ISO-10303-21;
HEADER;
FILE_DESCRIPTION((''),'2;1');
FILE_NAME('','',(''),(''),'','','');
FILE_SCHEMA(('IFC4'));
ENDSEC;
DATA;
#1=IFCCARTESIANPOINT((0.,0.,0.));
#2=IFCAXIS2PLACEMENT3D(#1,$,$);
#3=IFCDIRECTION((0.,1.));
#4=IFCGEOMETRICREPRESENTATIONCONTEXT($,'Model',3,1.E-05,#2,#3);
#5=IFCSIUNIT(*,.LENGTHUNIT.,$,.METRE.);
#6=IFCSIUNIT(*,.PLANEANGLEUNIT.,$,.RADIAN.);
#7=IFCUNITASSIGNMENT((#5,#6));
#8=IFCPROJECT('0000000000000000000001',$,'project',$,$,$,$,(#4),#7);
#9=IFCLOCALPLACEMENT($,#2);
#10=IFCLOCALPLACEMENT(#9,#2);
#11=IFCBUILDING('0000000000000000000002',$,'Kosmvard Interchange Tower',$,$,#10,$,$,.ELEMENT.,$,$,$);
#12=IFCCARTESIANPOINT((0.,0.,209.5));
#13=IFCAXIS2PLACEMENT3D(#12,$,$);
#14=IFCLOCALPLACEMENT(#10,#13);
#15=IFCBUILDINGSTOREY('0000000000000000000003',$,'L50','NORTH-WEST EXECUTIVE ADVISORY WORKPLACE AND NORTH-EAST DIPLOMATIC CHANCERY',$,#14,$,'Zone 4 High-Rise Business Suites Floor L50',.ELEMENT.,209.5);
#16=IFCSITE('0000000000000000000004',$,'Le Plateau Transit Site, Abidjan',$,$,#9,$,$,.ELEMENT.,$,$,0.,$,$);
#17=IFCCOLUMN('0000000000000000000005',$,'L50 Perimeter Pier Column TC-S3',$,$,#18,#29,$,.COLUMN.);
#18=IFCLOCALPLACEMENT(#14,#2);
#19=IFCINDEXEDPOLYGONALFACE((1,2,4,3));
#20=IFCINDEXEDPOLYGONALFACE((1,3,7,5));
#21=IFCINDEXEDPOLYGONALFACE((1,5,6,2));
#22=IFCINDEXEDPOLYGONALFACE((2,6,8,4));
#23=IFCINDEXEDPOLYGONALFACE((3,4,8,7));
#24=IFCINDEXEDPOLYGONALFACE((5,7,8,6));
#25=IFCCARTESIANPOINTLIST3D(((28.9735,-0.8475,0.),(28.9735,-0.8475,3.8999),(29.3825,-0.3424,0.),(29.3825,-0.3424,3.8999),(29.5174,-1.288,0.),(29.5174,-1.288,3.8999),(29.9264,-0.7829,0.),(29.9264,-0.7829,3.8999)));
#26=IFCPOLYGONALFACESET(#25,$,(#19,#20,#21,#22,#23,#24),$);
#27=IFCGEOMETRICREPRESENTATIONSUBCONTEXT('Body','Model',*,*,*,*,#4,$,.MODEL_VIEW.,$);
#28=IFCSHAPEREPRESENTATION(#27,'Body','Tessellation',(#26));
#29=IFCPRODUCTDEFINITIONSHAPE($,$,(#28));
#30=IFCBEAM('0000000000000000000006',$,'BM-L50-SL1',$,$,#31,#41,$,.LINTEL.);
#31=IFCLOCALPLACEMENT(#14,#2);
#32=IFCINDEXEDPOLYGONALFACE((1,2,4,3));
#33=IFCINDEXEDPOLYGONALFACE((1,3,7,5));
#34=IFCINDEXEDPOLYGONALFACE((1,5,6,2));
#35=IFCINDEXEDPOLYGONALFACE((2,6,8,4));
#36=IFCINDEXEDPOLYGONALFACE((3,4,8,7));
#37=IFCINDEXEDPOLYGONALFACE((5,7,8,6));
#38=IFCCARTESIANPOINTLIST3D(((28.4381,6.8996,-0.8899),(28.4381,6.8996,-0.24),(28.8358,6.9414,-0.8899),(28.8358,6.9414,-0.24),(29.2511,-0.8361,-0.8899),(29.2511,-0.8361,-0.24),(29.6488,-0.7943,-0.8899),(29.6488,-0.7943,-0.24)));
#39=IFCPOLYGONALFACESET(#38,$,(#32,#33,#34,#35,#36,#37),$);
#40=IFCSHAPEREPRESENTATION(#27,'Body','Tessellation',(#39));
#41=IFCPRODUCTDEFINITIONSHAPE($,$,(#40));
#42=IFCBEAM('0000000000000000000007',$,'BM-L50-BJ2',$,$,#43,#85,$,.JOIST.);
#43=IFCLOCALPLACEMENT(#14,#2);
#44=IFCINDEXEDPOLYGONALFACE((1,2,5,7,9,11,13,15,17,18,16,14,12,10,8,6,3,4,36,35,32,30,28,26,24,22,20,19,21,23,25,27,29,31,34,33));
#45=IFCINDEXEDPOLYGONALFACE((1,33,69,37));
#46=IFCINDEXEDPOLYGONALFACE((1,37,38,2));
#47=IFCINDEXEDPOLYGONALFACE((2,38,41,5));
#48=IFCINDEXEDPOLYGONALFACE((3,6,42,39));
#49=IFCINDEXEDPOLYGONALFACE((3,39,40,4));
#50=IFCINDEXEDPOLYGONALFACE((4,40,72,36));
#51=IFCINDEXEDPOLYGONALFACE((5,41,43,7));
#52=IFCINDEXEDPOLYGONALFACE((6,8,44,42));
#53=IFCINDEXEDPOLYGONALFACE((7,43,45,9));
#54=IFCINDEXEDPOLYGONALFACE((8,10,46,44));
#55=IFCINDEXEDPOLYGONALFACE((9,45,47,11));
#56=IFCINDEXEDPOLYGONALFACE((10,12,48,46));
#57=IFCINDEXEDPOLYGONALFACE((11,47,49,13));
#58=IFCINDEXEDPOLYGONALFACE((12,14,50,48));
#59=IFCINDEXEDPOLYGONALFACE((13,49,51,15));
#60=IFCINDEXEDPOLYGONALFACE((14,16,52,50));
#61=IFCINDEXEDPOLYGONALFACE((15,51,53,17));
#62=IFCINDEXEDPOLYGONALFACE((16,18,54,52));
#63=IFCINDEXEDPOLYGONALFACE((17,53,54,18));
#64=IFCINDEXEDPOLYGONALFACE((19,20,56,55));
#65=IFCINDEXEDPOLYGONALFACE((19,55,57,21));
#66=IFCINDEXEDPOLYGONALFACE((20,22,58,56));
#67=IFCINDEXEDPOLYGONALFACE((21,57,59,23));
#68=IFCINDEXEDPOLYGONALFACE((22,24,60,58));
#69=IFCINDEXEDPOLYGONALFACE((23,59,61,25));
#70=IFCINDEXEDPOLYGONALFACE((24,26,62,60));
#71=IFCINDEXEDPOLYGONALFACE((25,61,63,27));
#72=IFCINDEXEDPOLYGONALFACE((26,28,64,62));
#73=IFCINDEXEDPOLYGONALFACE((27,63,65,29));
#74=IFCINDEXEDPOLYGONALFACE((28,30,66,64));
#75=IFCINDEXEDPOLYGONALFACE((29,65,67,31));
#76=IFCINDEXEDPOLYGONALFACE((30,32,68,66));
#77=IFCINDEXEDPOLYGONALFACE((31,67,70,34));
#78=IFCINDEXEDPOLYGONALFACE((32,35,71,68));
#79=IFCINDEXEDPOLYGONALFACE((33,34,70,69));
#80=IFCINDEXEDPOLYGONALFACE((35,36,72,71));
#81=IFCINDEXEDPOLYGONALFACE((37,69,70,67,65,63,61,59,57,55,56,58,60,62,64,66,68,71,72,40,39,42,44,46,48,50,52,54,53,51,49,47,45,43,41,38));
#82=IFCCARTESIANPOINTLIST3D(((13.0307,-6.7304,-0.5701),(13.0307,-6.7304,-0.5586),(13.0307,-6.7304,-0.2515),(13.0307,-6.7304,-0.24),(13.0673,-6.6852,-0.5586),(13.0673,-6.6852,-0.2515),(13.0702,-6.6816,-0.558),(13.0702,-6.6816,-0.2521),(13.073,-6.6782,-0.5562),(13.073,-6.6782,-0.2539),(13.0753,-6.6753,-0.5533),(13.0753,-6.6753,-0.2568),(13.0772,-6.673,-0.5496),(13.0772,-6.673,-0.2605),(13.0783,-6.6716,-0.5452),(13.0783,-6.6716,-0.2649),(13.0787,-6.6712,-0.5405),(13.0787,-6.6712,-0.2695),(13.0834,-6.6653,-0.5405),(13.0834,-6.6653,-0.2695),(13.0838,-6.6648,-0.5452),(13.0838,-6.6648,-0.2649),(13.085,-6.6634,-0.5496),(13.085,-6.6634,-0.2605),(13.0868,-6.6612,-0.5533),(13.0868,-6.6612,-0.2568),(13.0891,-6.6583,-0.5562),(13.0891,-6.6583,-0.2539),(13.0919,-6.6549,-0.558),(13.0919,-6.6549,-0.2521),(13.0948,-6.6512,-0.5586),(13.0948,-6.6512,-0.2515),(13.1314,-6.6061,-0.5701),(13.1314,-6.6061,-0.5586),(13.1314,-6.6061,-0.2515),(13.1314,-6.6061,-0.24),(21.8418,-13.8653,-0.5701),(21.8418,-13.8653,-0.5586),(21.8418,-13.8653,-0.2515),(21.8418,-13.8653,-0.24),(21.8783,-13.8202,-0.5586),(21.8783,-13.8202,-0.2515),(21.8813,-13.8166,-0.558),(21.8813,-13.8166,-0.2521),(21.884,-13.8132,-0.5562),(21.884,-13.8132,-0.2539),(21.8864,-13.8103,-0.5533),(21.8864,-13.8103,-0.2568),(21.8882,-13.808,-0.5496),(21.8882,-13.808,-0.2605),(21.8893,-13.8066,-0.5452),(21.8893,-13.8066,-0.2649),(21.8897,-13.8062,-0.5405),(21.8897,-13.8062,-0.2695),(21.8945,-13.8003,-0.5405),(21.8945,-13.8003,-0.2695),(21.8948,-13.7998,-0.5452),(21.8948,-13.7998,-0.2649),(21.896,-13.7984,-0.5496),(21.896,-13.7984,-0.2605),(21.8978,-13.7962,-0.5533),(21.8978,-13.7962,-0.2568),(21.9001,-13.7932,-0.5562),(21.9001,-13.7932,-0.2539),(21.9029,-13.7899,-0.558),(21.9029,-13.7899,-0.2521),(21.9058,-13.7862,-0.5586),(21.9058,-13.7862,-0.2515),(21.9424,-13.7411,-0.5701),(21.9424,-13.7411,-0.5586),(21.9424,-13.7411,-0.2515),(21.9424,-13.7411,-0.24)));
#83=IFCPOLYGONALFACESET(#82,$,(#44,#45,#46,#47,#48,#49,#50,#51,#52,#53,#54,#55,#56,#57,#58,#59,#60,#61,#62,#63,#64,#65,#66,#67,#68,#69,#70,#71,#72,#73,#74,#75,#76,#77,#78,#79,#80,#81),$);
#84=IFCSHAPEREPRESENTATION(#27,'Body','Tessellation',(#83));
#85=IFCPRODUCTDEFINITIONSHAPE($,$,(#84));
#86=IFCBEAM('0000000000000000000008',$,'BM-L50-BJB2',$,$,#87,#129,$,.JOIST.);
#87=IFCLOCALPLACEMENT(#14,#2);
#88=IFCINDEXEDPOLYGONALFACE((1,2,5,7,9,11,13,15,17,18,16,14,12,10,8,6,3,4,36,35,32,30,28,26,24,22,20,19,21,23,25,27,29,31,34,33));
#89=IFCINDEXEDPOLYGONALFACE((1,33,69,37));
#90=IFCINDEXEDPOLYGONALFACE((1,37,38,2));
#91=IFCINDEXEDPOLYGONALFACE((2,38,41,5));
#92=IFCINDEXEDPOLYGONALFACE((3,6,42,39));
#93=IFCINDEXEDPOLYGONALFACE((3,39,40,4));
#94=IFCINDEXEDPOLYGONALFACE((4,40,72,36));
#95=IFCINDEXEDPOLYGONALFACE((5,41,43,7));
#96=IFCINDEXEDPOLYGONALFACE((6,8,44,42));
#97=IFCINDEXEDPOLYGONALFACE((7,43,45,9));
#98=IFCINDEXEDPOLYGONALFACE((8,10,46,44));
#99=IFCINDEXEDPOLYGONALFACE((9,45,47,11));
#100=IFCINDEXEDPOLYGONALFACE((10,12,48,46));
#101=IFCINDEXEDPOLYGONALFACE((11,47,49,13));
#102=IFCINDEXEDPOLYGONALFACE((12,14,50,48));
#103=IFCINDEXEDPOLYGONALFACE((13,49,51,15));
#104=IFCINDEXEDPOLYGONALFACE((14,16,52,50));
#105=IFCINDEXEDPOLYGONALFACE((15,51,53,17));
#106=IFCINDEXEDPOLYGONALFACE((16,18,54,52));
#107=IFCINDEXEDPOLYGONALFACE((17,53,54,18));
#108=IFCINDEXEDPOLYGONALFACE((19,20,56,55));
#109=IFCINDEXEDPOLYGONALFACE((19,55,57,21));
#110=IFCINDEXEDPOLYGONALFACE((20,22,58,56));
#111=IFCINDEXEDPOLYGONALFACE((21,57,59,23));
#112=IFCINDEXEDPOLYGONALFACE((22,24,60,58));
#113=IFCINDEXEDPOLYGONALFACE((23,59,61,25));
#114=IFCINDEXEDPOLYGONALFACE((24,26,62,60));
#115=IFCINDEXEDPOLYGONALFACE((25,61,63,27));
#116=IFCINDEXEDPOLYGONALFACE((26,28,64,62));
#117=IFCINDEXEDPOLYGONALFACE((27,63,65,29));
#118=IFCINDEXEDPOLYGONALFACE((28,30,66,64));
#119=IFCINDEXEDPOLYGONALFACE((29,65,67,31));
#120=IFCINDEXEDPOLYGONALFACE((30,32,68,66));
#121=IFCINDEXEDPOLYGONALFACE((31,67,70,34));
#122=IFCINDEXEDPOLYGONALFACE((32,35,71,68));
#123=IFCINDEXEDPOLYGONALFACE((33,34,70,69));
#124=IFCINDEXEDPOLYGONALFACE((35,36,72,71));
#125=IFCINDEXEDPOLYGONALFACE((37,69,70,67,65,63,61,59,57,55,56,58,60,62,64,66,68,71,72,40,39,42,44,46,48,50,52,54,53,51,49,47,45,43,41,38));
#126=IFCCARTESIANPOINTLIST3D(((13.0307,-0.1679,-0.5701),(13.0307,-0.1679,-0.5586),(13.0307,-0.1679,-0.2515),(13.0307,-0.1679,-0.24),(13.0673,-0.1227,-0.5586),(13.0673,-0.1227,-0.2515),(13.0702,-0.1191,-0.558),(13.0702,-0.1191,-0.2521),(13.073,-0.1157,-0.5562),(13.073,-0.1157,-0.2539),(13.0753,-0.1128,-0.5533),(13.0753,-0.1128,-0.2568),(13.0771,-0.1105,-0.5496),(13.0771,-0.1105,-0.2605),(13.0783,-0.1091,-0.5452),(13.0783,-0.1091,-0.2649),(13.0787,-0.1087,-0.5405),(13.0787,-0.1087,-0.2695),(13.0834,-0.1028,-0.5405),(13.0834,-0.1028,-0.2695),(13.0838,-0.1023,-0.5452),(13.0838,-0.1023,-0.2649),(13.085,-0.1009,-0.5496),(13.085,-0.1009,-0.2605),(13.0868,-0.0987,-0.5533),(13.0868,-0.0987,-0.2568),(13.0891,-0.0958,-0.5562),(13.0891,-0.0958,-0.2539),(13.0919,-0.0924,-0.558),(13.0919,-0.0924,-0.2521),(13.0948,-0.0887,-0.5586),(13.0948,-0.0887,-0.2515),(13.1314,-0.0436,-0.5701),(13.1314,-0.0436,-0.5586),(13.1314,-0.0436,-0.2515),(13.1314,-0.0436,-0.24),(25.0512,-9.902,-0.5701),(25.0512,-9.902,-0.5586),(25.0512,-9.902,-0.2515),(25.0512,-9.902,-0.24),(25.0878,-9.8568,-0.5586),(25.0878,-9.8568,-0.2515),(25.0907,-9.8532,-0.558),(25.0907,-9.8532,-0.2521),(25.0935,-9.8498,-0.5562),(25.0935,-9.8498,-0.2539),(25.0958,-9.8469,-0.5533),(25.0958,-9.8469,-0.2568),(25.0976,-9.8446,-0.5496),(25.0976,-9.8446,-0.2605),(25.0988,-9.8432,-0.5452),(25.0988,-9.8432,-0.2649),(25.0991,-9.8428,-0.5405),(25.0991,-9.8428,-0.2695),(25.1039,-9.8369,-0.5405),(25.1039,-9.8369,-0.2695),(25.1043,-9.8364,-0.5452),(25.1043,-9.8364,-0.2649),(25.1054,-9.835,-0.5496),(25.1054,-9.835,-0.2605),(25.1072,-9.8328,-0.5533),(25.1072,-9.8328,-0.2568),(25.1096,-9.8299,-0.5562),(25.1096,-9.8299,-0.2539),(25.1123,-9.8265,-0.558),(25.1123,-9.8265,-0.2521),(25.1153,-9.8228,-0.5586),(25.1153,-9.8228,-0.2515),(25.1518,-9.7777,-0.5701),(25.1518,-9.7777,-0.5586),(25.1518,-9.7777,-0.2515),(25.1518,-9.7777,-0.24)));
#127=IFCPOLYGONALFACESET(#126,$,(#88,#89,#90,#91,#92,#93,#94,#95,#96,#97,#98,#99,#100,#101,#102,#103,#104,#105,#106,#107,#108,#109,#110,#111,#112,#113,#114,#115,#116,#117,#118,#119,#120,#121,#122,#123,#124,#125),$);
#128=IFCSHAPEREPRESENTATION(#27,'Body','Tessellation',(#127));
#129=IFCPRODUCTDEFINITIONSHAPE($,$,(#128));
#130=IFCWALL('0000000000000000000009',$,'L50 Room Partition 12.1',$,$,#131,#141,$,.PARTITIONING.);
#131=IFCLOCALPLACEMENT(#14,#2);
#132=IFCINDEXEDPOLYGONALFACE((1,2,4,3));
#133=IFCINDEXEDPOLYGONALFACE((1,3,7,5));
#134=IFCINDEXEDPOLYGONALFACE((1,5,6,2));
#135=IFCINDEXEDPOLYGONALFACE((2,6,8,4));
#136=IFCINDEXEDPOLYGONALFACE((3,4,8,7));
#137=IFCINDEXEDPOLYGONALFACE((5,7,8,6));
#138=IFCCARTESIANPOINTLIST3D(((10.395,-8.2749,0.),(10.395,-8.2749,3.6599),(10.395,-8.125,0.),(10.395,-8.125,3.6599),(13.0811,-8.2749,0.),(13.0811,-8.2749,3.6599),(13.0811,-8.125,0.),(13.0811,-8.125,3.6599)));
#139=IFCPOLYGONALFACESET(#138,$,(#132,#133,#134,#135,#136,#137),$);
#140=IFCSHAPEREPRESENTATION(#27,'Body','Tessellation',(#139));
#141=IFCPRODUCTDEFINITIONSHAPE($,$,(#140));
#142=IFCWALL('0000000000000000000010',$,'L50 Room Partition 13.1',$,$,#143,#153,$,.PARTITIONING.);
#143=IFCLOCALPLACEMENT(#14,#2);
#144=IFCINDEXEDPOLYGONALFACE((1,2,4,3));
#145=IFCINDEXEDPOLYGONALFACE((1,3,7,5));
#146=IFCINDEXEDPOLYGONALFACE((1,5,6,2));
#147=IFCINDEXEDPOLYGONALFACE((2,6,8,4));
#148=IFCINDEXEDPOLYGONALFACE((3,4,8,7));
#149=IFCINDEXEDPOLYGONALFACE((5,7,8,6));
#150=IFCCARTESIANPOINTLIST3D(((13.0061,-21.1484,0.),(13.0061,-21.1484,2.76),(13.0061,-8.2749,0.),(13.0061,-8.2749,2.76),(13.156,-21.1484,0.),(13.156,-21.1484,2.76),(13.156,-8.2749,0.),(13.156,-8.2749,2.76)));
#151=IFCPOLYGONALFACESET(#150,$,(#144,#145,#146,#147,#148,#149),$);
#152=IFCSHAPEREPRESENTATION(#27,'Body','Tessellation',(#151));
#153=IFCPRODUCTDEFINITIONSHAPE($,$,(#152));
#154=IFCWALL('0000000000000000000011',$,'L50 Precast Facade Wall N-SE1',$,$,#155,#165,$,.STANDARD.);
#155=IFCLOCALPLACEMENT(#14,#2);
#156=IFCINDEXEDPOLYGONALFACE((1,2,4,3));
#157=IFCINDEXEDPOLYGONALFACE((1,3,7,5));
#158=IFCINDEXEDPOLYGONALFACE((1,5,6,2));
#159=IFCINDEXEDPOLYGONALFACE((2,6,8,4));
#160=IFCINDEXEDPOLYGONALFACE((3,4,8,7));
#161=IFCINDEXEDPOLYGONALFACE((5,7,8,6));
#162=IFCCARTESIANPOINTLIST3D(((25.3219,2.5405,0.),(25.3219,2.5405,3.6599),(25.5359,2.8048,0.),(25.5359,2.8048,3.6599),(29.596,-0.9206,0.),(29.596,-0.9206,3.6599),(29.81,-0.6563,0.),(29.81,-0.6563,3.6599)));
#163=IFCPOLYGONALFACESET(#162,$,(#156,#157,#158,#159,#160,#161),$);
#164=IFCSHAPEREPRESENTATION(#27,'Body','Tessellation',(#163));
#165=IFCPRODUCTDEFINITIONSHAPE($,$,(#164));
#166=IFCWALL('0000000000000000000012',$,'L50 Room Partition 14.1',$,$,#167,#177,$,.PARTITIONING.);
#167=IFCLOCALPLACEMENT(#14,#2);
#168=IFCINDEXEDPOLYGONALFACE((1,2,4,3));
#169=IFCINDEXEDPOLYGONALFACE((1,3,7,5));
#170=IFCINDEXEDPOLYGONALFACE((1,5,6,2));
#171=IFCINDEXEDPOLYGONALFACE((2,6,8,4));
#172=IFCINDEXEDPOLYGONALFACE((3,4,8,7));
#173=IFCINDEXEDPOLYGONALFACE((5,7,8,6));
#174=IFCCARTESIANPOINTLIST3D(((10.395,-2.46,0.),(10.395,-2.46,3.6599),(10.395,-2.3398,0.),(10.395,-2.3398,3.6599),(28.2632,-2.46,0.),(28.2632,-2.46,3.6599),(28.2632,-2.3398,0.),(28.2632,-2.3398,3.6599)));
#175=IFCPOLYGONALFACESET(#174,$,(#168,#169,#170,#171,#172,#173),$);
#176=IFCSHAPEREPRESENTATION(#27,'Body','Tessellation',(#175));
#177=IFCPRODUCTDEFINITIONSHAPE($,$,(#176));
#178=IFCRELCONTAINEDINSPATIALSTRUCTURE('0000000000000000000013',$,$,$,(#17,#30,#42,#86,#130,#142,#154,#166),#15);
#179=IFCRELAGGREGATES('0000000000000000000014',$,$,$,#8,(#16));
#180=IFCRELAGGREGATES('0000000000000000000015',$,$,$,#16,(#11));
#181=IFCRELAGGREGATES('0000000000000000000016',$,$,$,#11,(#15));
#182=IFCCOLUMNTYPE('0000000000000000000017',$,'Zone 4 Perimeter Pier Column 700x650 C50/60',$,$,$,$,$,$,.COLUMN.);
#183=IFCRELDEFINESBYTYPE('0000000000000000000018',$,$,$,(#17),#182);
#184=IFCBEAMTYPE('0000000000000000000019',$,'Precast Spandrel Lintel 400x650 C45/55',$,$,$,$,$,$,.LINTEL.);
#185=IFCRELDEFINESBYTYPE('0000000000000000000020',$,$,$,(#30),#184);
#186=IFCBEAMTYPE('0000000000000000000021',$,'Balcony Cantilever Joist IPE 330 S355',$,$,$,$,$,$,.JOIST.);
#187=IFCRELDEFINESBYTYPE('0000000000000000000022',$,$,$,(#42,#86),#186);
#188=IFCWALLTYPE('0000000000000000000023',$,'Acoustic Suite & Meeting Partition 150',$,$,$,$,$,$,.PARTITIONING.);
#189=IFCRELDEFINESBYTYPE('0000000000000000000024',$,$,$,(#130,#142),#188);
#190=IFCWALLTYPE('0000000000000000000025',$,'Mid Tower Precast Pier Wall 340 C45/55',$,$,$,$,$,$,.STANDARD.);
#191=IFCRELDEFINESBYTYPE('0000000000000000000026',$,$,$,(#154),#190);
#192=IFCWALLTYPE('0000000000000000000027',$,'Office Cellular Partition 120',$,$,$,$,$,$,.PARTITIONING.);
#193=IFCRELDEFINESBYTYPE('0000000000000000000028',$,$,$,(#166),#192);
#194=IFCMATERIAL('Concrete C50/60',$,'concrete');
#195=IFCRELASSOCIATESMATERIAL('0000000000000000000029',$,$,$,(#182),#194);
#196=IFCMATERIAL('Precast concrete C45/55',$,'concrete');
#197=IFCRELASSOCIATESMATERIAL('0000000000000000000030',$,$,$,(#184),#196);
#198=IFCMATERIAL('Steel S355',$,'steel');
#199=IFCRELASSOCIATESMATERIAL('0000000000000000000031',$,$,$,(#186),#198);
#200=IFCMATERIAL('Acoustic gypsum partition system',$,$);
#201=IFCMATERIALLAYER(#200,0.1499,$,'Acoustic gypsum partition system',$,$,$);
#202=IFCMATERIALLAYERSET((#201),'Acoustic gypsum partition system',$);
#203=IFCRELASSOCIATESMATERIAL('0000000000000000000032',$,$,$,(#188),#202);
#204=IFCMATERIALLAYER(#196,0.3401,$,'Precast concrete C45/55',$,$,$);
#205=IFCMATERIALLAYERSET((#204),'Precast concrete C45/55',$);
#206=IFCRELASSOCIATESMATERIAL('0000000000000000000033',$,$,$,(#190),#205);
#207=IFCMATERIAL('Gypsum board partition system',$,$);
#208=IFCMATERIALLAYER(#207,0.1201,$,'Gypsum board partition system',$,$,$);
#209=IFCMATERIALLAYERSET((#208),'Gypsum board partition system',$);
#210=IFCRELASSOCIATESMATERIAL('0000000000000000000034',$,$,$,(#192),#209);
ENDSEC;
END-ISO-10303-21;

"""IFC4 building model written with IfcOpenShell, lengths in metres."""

from ifc_helpers import new_model, si_unit, direction, frame, frame_2d, origin, origin_2d, place, context, subcontext, project, spatial, rectangle, i_section, extrude, source, transform, mapped, material, layer, layer_set, material_profile, profile_set, type_object, element, save


model = new_model("IFC4")

# Units and contexts
model_context = context("Model", 3, precision=1e-05, world=origin(), true_north=direction((0.0, 1.0)))
body_context = subcontext(model_context, "Body", "Model", "MODEL_VIEW")
ifc_project = project(units=[si_unit("LENGTHUNIT", "METRE"), si_unit("PLANEANGLEUNIT", "RADIAN")], contexts=[model_context])

# Site, building, storey
site_placement = place(None, origin())
site = spatial("IfcSite", under=ifc_project, at=site_placement, Name="Le Plateau Transit Site, Abidjan", CompositionType="ELEMENT", RefElevation=0.0)
building_placement = place(site_placement, origin())
building = spatial("IfcBuilding", under=site, at=building_placement, Name="Kosmvard Interchange Tower", CompositionType="ELEMENT")
storey_placement = place(building_placement, frame((0.0, 0.0, 209.5)))
storey = spatial("IfcBuildingStorey", under=building, at=storey_placement, Name="L50", Description="NORTH-WEST EXECUTIVE ADVISORY WORKPLACE AND NORTH-EAST DIPLOMATIC CHANCERY", LongName="Zone 4 High-Rise Business Suites Floor L50", CompositionType="ELEMENT", Elevation=209.5)

# Column
ifc_material_1 = material(Name="Concrete C50/60", Category="concrete")
ifc_material_profile_1 = material_profile(ifc_material_1, rectangle(XDim=0.6499, YDim=0.7, at=origin_2d()), Name="TC 700x650")
ifc_profile_set_1 = profile_set([ifc_material_profile_1], Name="Concrete C50/60")
column_type = type_object("IfcColumnType", Name="Zone 4 Perimeter Pier Column 700x650 C50/60", PredefinedType="COLUMN", material=ifc_profile_set_1)
shared_shape_1 = source(origin(), body_context, "Body", "SweptSolid", [
    extrude(rectangle(XDim=0.6499, YDim=0.7, at=origin_2d()), origin(), (0.0, 0.0, 1.0), 3.8999),
])
column_placement = place(storey_placement, frame((29.45, -0.8152, 0.0), z_axis=(0.0, 0.0, 1.0), x_axis=(0.62932, 0.777146, 0.0)))
element("IfcColumn", 1, at=column_placement, inside=storey, type_object=column_type, Name="L50 Perimeter Pier Column TC-S3", PredefinedType="COLUMN", context=body_context, shape_type="MappedRepresentation", body=[
    mapped(shared_shape_1, transform((0.0, 0.0, 0.0), scale=1.0)),
])

# Beams
ifc_material_2 = material(Name="Precast concrete C45/55", Category="concrete")
ifc_material_profile_2 = material_profile(ifc_material_2, rectangle(XDim=0.3999, YDim=0.6499, at=origin_2d()), Name="SL 400x650")
ifc_profile_set_2 = profile_set([ifc_material_profile_2], Name="Precast concrete C45/55")
beam_type_1 = type_object("IfcBeamType", Name="Precast Spandrel Lintel 400x650 C45/55", PredefinedType="LINTEL", material=ifc_profile_set_2)
shared_shape_2 = source(origin(), body_context, "Body", "SweptSolid", [
    extrude(rectangle(XDim=0.3999, YDim=0.6499, at=origin_2d()), origin(), (0.0, 0.0, 1.0), 7.7783),
])
beam_1_placement = place(storey_placement, frame((29.45, -0.8152, -0.5649), z_axis=(-0.104521, 0.994523, 0.0), x_axis=(-0.994523, -0.104521, 0.0)))
element("IfcBeam", 2, at=beam_1_placement, inside=storey, type_object=beam_type_1, Name="BM-L50-SL1", PredefinedType="LINTEL", context=body_context, shape_type="MappedRepresentation", body=[
    mapped(shared_shape_2, transform((0.0, 0.0, 0.0), scale=1.0)),
])
ifc_material_3 = material(Name="Steel S355", Category="steel")
ifc_material_profile_3 = material_profile(ifc_material_3, i_section(OverallWidth=0.1599, OverallDepth=0.3301, WebThickness=0.0076, FlangeThickness=0.0115, FilletRadius=0.0181, at=origin_2d()), Name="IPE 330")
ifc_profile_set_3 = profile_set([ifc_material_profile_3], Name="Steel S355")
beam_type_2 = type_object("IfcBeamType", Name="Balcony Cantilever Joist IPE 330 S355", PredefinedType="JOIST", material=ifc_profile_set_3)
shared_shape_3 = source(origin(), body_context, "Body", "SweptSolid", [
    extrude(i_section(OverallWidth=0.1599, OverallDepth=0.3301, WebThickness=0.0076, FlangeThickness=0.0115, FilletRadius=0.0181, at=origin_2d()), origin(), (0.0, 0.0, 1.0), 11.3376),
])
beam_2_placement = place(storey_placement, frame((13.0811, -6.6682, -0.405), z_axis=(0.777147, -0.629319, 0.0), x_axis=(0.629319, 0.777147, 0.0)))
element("IfcBeam", 3, at=beam_2_placement, inside=storey, type_object=beam_type_2, Name="BM-L50-BJ2", PredefinedType="JOIST", context=body_context, shape_type="MappedRepresentation", body=[
    mapped(shared_shape_3, transform((0.0, 0.0, 0.0), scale=1.0)),
])
shared_shape_4 = source(origin(), body_context, "Body", "SweptSolid", [
    extrude(i_section(OverallWidth=0.1599, OverallDepth=0.3301, WebThickness=0.0076, FlangeThickness=0.0115, FilletRadius=0.0181, at=origin_2d()), origin(), (0.0, 0.0, 1.0), 15.4675),
])
beam_3_placement = place(storey_placement, frame((13.0811, -0.1057, -0.405), z_axis=(0.777142, -0.629325, 0.0), x_axis=(0.629325, 0.777142, 0.0)))
element("IfcBeam", 4, at=beam_3_placement, inside=storey, type_object=beam_type_2, Name="BM-L50-BJB2", PredefinedType="JOIST", context=body_context, shape_type="MappedRepresentation", body=[
    mapped(shared_shape_4, transform((0.0, 0.0, 0.0), scale=1.0)),
])

# Walls
ifc_material_4 = material(Name="Acoustic gypsum partition system")
ifc_layer_1 = layer(ifc_material_4, 0.1499, Name="Acoustic gypsum partition system")
ifc_layer_set_1 = layer_set([ifc_layer_1], Name="Acoustic gypsum partition system")
wall_type_1 = type_object("IfcWallType", Name="Acoustic Suite & Meeting Partition 150", PredefinedType="PARTITIONING", material=ifc_layer_set_1)
wall_1_placement = place(storey_placement, frame((10.395, -8.2, 0.0), z_axis=(0.0, 0.0, 1.0), x_axis=(1.0, 0.0, 0.0)))
element("IfcWall", 5, at=wall_1_placement, inside=storey, type_object=wall_type_1, Name="L50 Room Partition 12.1", PredefinedType="PARTITIONING", context=body_context, shape_type="SweptSolid", body=[
    extrude(rectangle(XDim=2.686, YDim=0.1499, at=frame_2d((1.343, 0.0))), origin(), (0.0, 0.0, 1.0), 3.6599),
])
wall_2_placement = place(storey_placement, frame((13.0811, -8.2749, 0.0), z_axis=(0.0, 0.0, 1.0), x_axis=(0.0, -1.0, 0.0)))
element("IfcWall", 6, at=wall_2_placement, inside=storey, type_object=wall_type_1, Name="L50 Room Partition 13.1", PredefinedType="PARTITIONING", context=body_context, shape_type="SweptSolid", body=[
    extrude(rectangle(XDim=12.8735, YDim=0.1499, at=frame_2d((6.4368, 0.0))), origin(), (0.0, 0.0, 1.0), 2.76),
])
ifc_layer_2 = layer(ifc_material_2, 0.3401, Name="Precast concrete C45/55")
ifc_layer_set_2 = layer_set([ifc_layer_2], Name="Precast concrete C45/55")
wall_type_2 = type_object("IfcWallType", Name="Mid Tower Precast Pier Wall 340 C45/55", PredefinedType="STANDARD", material=ifc_layer_set_2)
wall_3_placement = place(storey_placement, frame((29.7031, -0.7886, 0.0), z_axis=(0.0, 0.0, 1.0), x_axis=(-0.777144, 0.629323, 0.0)))
element("IfcWall", 7, at=wall_3_placement, inside=storey, type_object=wall_type_2, Name="L50 Precast Facade Wall N-SE1", PredefinedType="STANDARD", context=body_context, shape_type="SweptSolid", body=[
    extrude(rectangle(XDim=5.4998, YDim=0.3401, at=frame_2d((2.75, 0.0))), origin(), (0.0, 0.0, 1.0), 3.6599),
])
ifc_material_5 = material(Name="Gypsum board partition system")
ifc_layer_3 = layer(ifc_material_5, 0.1201, Name="Gypsum board partition system")
ifc_layer_set_3 = layer_set([ifc_layer_3], Name="Gypsum board partition system")
wall_type_3 = type_object("IfcWallType", Name="Office Cellular Partition 120", PredefinedType="PARTITIONING", material=ifc_layer_set_3)
wall_4_placement = place(storey_placement, frame((10.395, -2.3999, 0.0), z_axis=(0.0, 0.0, 1.0), x_axis=(1.0, 0.0, 0.0)))
element("IfcWall", 8, at=wall_4_placement, inside=storey, type_object=wall_type_3, Name="L50 Room Partition 14.1", PredefinedType="PARTITIONING", context=body_context, shape_type="SweptSolid", body=[
    extrude(rectangle(XDim=17.8682, YDim=0.1201, at=frame_2d((8.9341, 0.0))), origin(), (0.0, 0.0, 1.0), 3.6599),
])

save(model, "model.ifc")
